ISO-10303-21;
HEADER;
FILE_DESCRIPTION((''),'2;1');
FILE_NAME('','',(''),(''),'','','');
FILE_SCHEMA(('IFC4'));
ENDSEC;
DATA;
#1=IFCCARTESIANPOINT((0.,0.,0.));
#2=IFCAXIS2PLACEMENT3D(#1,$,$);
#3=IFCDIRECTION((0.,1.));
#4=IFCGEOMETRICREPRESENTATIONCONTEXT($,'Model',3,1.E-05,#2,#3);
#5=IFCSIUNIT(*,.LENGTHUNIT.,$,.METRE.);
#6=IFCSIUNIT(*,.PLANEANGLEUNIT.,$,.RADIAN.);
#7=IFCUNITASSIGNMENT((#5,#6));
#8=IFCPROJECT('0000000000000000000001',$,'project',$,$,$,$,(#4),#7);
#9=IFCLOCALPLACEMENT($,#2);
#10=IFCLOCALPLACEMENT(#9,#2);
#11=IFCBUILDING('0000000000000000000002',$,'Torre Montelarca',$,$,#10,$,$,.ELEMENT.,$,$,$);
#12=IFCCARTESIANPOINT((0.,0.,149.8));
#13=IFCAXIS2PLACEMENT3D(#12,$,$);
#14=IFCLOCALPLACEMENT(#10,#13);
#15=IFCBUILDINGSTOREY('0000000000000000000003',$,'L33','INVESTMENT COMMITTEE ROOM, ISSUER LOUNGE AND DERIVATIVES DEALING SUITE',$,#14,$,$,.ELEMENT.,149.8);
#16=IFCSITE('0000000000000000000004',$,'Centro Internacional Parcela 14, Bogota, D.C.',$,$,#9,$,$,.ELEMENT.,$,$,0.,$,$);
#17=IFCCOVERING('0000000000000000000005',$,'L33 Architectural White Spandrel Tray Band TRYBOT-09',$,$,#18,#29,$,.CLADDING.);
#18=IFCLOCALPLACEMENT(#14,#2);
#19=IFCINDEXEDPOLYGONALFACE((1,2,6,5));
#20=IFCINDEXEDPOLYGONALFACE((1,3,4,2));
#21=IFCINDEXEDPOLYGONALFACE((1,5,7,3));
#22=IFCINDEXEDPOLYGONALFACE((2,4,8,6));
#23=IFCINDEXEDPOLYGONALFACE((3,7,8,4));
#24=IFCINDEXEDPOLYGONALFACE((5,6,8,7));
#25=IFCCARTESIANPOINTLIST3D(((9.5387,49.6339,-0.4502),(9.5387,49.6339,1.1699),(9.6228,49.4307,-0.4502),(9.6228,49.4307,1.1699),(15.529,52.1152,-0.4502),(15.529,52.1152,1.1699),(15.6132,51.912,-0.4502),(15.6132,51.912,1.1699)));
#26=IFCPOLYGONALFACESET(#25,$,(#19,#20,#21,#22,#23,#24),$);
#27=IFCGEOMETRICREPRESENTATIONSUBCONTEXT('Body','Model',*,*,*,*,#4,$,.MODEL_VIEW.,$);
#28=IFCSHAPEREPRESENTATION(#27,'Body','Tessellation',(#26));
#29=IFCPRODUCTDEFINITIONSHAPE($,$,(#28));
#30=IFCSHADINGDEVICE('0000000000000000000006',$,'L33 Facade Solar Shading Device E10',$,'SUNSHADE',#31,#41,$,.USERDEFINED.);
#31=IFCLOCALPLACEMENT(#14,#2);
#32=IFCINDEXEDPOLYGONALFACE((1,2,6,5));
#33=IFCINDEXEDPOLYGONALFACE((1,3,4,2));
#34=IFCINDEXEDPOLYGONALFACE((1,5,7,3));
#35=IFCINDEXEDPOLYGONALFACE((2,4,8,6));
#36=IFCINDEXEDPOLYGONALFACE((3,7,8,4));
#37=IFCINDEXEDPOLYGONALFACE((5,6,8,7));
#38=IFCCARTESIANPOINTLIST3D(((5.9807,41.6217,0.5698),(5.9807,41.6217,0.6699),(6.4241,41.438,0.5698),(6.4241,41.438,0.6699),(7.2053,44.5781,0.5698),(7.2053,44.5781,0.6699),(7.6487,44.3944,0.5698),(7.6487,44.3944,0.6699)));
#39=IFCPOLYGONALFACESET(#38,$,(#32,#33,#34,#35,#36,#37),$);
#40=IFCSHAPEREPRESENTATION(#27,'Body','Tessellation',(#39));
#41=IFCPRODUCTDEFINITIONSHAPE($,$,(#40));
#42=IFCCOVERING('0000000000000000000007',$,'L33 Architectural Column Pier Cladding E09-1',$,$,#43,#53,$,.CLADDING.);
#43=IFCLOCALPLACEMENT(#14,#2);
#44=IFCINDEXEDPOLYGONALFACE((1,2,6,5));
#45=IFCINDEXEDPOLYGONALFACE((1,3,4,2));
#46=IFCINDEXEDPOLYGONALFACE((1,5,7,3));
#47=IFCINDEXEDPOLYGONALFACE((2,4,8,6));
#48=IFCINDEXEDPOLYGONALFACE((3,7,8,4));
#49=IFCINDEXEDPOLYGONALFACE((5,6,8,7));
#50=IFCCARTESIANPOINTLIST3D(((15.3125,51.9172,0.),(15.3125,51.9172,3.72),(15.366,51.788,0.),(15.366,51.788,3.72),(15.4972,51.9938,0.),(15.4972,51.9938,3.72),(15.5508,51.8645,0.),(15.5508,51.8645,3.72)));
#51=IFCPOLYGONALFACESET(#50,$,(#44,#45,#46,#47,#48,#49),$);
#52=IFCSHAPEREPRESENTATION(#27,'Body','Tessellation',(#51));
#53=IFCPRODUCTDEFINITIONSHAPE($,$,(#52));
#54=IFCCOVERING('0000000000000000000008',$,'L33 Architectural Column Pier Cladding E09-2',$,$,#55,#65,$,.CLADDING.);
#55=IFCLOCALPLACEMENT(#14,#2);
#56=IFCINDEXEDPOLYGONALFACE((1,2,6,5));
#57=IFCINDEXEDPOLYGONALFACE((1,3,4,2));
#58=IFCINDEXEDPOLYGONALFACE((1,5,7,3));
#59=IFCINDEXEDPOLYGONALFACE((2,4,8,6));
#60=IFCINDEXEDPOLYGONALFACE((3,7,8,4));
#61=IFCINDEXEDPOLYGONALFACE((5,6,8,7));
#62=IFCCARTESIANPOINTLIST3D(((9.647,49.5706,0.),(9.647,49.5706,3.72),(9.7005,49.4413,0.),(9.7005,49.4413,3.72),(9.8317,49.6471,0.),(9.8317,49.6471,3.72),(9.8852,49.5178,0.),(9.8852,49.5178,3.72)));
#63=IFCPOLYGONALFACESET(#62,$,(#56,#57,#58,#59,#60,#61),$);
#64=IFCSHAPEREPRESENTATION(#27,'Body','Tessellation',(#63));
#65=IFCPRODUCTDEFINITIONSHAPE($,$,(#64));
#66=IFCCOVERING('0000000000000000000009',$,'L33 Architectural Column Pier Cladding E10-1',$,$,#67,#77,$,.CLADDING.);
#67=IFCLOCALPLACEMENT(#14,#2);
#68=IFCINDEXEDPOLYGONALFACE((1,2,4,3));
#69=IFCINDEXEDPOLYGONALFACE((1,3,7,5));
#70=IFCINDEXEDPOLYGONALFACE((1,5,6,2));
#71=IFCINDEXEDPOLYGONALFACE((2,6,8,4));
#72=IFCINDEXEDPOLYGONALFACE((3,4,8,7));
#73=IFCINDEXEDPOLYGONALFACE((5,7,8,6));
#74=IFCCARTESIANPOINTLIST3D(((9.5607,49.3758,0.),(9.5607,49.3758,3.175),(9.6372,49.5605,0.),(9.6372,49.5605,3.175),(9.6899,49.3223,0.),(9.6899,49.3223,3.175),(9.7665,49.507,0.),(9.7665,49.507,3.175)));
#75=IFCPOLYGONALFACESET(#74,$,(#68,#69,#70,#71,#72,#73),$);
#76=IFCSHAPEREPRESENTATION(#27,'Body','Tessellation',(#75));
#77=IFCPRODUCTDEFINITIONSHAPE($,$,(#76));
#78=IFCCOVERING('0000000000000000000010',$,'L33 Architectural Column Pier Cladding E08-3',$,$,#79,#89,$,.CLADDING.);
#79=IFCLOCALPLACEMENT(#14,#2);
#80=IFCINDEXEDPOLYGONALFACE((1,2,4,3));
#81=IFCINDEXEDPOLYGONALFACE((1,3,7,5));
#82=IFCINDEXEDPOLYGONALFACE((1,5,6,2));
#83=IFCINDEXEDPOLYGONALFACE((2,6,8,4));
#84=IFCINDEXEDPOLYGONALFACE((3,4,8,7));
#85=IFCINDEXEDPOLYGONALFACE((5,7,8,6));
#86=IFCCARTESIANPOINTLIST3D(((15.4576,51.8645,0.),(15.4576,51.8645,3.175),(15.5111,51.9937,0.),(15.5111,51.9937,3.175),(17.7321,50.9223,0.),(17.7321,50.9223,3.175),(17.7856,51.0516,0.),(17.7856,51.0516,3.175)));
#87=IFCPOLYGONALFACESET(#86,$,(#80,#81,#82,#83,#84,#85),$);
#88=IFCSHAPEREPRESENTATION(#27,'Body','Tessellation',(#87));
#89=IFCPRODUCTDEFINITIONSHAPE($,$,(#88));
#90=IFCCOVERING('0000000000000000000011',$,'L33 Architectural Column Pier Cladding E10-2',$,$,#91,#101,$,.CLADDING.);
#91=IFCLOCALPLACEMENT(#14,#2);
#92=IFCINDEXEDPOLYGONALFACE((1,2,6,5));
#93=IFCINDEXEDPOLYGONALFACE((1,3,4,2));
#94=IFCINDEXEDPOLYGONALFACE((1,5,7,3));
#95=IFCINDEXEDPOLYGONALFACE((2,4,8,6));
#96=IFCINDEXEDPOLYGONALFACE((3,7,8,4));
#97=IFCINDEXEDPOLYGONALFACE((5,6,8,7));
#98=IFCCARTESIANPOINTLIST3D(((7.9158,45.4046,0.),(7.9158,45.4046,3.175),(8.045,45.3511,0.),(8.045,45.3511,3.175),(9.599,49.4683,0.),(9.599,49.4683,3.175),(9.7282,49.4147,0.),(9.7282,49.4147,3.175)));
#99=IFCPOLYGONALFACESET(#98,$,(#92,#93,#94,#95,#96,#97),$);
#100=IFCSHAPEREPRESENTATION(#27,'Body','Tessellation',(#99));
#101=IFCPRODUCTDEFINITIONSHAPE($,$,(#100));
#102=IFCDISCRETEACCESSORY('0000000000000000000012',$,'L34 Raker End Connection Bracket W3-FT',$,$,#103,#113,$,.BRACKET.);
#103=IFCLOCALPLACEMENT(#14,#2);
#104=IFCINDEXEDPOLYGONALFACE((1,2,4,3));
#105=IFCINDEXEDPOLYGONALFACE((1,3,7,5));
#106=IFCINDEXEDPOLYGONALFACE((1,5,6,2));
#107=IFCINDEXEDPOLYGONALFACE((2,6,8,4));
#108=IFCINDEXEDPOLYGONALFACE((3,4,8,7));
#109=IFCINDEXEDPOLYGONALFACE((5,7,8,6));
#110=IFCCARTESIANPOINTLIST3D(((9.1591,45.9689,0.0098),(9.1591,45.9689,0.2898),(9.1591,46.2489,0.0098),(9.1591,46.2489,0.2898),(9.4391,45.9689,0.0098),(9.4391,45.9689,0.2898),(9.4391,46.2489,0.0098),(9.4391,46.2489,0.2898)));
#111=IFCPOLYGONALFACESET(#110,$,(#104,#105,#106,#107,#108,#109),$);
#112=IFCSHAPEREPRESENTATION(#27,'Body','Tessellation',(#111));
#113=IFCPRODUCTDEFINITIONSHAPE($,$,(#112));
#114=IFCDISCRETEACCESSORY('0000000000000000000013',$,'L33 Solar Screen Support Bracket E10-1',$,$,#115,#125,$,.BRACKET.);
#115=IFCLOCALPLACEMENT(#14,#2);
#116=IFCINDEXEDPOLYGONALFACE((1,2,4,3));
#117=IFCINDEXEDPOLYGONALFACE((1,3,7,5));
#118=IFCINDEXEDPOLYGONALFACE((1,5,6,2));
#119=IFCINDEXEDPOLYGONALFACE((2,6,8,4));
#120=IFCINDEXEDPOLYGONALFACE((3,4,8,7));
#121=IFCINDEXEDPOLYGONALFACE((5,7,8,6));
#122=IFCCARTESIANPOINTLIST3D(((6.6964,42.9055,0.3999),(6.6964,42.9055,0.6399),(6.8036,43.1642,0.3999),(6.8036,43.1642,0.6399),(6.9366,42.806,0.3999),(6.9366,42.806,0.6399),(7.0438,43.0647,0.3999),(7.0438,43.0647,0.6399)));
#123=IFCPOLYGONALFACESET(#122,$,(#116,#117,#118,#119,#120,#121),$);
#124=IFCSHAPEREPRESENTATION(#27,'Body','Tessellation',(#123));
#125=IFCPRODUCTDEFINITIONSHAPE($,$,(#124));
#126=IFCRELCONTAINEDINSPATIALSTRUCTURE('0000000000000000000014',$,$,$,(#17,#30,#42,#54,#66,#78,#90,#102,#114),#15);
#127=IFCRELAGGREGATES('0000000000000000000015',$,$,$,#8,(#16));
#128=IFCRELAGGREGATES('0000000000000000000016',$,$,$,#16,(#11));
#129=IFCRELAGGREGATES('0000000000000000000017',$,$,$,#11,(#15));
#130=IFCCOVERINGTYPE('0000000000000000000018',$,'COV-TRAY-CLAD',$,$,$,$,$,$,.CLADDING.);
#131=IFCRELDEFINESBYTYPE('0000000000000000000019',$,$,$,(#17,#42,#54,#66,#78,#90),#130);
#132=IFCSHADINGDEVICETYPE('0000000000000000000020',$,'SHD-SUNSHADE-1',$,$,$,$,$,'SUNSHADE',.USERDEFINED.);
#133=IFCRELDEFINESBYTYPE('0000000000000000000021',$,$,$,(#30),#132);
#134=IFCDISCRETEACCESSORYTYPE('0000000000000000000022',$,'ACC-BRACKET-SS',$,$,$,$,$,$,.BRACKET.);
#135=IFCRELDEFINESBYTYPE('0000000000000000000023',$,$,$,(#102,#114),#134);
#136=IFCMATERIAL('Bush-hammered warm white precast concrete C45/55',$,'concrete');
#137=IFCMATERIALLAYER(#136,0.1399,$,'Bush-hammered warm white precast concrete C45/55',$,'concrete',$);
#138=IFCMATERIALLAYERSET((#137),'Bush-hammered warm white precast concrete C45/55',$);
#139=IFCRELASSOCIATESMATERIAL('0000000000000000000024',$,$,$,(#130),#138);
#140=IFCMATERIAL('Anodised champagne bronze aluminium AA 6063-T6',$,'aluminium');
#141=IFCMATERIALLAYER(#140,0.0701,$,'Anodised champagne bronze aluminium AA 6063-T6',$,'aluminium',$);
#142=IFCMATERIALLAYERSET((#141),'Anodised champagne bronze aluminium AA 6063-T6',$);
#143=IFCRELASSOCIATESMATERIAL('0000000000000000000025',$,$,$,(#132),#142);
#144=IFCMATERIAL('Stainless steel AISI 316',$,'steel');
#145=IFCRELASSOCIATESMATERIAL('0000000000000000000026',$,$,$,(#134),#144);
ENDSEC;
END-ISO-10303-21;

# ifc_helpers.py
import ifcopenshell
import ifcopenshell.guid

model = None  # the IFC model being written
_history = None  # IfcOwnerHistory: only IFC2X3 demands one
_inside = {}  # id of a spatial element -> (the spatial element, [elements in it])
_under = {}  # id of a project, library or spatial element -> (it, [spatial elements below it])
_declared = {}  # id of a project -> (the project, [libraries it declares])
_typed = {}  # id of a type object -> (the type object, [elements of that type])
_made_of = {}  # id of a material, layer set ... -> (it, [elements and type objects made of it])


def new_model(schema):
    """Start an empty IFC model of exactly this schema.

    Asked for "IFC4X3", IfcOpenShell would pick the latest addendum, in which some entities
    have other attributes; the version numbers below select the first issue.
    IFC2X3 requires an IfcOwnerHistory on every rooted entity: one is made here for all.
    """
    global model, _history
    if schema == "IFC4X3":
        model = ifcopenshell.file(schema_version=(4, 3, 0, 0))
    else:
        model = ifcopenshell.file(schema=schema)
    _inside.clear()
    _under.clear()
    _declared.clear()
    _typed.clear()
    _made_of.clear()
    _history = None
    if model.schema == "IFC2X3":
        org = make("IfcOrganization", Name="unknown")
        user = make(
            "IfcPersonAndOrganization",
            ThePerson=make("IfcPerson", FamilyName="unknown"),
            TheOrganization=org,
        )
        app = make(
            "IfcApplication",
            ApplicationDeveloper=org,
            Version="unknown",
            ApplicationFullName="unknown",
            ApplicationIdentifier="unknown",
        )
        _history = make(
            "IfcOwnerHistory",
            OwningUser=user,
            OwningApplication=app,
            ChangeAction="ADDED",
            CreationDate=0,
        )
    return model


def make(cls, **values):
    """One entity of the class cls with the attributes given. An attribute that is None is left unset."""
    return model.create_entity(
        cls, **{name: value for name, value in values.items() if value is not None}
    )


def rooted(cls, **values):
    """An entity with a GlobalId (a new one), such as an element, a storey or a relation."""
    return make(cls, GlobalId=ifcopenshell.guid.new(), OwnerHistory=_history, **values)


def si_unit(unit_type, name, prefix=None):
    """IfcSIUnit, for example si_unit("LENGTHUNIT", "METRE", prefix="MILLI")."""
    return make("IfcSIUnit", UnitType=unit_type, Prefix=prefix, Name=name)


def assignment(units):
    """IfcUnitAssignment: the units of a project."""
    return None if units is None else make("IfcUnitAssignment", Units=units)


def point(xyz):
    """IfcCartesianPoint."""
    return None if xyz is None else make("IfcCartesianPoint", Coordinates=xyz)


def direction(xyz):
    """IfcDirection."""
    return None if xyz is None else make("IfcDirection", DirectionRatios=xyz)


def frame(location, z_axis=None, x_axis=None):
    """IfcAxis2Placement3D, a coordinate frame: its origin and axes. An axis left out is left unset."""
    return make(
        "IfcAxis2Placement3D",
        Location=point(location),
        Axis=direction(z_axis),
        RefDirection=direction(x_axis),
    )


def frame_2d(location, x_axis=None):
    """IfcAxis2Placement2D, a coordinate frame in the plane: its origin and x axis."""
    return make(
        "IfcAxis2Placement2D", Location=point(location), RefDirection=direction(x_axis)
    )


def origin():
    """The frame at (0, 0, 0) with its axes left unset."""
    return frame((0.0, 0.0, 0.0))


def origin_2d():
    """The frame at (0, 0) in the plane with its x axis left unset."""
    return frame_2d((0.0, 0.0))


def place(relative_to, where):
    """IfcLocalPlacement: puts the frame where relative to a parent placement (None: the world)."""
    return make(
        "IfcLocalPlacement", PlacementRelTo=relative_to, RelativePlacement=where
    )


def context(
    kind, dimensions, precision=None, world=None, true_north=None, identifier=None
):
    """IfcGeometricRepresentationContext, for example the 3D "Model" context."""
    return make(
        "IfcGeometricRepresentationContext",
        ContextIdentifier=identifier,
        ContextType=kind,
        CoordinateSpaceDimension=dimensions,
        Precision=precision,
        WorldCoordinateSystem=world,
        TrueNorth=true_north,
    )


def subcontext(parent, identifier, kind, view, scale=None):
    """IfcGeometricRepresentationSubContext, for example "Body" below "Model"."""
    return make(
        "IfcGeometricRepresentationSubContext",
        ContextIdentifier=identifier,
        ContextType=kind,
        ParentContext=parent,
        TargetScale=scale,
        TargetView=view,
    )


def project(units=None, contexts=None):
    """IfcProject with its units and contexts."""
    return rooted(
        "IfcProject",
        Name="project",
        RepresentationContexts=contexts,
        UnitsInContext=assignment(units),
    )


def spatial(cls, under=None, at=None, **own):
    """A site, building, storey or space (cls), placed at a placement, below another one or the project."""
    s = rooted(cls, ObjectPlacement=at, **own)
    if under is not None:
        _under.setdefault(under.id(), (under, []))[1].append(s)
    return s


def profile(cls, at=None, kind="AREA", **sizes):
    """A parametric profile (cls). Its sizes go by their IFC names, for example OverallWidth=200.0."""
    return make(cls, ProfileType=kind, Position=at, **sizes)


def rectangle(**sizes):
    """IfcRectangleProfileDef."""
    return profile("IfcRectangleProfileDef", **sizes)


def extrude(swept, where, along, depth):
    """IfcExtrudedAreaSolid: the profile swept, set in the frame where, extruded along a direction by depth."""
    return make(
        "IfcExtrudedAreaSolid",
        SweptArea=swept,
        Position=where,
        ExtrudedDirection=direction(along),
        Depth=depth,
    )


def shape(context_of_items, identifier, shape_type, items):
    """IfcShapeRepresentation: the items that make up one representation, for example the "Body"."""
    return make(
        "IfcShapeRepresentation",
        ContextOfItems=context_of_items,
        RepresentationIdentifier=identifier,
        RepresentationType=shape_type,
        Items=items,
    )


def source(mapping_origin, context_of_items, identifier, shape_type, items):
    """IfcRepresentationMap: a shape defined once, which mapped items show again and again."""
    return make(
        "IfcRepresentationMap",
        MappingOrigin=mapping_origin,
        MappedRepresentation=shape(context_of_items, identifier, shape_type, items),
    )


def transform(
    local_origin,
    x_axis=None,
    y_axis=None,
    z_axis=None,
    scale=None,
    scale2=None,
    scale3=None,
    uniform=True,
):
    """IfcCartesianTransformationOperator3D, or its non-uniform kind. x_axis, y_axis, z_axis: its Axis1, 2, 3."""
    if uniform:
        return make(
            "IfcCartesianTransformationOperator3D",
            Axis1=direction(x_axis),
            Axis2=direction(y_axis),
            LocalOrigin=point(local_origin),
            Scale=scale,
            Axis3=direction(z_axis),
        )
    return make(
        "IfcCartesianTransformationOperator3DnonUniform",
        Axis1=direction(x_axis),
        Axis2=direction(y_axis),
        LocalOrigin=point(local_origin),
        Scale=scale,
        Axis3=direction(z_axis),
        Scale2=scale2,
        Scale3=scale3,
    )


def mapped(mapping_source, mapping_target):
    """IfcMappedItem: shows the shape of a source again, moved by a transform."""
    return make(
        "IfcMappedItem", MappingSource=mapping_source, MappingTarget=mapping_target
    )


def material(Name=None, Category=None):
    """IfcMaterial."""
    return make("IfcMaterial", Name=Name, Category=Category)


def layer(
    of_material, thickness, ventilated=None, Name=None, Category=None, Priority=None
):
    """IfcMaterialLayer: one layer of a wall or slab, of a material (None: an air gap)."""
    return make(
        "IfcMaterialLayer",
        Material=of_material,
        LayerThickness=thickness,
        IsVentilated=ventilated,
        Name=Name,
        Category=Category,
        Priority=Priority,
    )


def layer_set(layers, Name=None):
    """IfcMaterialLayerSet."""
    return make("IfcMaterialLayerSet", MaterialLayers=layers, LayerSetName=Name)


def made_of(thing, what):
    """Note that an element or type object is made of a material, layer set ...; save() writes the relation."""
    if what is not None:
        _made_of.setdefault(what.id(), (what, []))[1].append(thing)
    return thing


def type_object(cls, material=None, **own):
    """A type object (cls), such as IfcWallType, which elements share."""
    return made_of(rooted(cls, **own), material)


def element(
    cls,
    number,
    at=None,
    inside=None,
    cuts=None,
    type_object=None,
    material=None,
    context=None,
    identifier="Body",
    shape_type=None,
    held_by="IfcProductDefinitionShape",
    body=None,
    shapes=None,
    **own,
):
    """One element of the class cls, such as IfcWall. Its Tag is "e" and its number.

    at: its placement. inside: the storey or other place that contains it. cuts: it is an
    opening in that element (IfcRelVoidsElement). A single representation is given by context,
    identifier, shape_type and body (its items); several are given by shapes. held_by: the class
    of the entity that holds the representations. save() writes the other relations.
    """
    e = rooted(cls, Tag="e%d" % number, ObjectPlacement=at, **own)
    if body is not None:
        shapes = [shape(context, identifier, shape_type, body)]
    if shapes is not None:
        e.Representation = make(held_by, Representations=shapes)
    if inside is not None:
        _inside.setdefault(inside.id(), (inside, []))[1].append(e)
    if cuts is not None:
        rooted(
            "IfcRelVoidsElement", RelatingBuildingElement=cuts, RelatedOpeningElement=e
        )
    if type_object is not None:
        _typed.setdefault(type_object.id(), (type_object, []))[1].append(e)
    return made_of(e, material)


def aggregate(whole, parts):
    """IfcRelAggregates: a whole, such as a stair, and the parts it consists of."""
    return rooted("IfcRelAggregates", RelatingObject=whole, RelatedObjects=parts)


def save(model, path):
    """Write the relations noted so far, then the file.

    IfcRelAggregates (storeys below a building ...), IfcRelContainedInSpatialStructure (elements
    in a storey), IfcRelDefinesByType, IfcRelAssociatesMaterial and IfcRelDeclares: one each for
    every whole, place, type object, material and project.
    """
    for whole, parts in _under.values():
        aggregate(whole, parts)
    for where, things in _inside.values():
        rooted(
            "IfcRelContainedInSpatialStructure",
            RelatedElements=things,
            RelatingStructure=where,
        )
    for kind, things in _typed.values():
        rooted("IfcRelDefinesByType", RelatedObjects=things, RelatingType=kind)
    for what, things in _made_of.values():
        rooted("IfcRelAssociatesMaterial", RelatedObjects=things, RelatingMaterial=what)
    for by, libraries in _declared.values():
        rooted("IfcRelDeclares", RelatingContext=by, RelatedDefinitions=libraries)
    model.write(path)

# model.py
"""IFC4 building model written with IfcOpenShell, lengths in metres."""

from ifc_helpers import new_model, si_unit, direction, frame, origin, origin_2d, place, context, subcontext, project, spatial, rectangle, extrude, source, transform, mapped, material, layer, layer_set, type_object, element, save


model = new_model("IFC4")

# Units and contexts
model_context = context("Model", 3, precision=1e-05, world=origin(), true_north=direction((0.0, 1.0)))
body_context = subcontext(model_context, "Body", "Model", "MODEL_VIEW")
ifc_project = project(units=[si_unit("LENGTHUNIT", "METRE"), si_unit("PLANEANGLEUNIT", "RADIAN")], contexts=[model_context])

# Site, building, storey
site_placement = place(None, origin())
site = spatial("IfcSite", under=ifc_project, at=site_placement, Name="Centro Internacional Parcela 14, Bogota, D.C.", CompositionType="ELEMENT", RefElevation=0.0)
building_placement = place(site_placement, origin())
building = spatial("IfcBuilding", under=site, at=building_placement, Name="Torre Montelarca", CompositionType="ELEMENT")
storey_placement = place(building_placement, frame((0.0, 0.0, 149.8)))
storey = spatial("IfcBuildingStorey", under=building, at=storey_placement, Name="L33", Description="INVESTMENT COMMITTEE ROOM, ISSUER LOUNGE AND DERIVATIVES DEALING SUITE", CompositionType="ELEMENT", Elevation=149.8)

# Covering
ifc_material_1 = material(Name="Bush-hammered warm white precast concrete C45/55", Category="concrete")
ifc_layer_1 = layer(ifc_material_1, 0.1399, Name="Bush-hammered warm white precast concrete C45/55", Category="concrete")
ifc_layer_set_1 = layer_set([ifc_layer_1], Name="Bush-hammered warm white precast concrete C45/55")
covering_type = type_object("IfcCoveringType", Name="COV-TRAY-CLAD", PredefinedType="CLADDING", material=ifc_layer_set_1)
shared_shape_1 = source(origin(), body_context, "Body", "SweptSolid", [
    extrude(rectangle(XDim=6.4839, YDim=0.22, at=origin_2d()), origin(), (0.0, 0.0, 1.0), 1.6201),
])
covering_1_placement = place(storey_placement, frame((12.5759, 50.7729, -0.4502), z_axis=(0.0, 0.0, 1.0), x_axis=(-0.92388, -0.382682, 0.0)))
element("IfcCovering", 1, at=covering_1_placement, inside=storey, type_object=covering_type, Name="L33 Architectural White Spandrel Tray Band TRYBOT-09", PredefinedType="CLADDING", context=body_context, shape_type="MappedRepresentation", body=[
    mapped(shared_shape_1, transform((0.0, 0.0, 0.0), scale=1.0)),
])

# Shading device
ifc_material_2 = material(Name="Anodised champagne bronze aluminium AA 6063-T6", Category="aluminium")
ifc_layer_2 = layer(ifc_material_2, 0.0701, Name="Anodised champagne bronze aluminium AA 6063-T6", Category="aluminium")
ifc_layer_set_2 = layer_set([ifc_layer_2], Name="Anodised champagne bronze aluminium AA 6063-T6")
shading_device_type = type_object("IfcShadingDeviceType", Name="SHD-SUNSHADE-1", ElementType="SUNSHADE", PredefinedType="USERDEFINED", material=ifc_layer_set_2)
shared_shape_2 = source(origin(), body_context, "Body", "SweptSolid", [
    extrude(rectangle(XDim=3.2, YDim=0.48, at=origin_2d()), origin(), (0.0, 0.0, 1.0), 0.1001),
])
shading_device_placement = place(storey_placement, frame((6.8147, 43.0081, 0.5698), z_axis=(0.0, 0.0, 1.0), x_axis=(-0.38268, -0.923881, 0.0)))
element("IfcShadingDevice", 2, at=shading_device_placement, inside=storey, type_object=shading_device_type, Name="L33 Facade Solar Shading Device E10", ObjectType="SUNSHADE", PredefinedType="USERDEFINED", context=body_context, shape_type="MappedRepresentation", body=[
    mapped(shared_shape_2, transform((0.0, 0.0, 0.0), scale=1.0)),
])

# Coverings
shared_shape_3 = source(origin(), body_context, "Body", "SweptSolid", [
    extrude(rectangle(XDim=0.2, YDim=0.1399, at=origin_2d()), origin(), (0.0, 0.0, 1.0), 3.72),
])
for number, where, z_axis, x_axis, name in (
    (3, (15.4316, 51.8909, 0.0), (0.0, 0.0, 1.0), (-0.92388, -0.382683, 0.0), "L33 Architectural Column Pier Cladding E09-1"),
    (4, (9.7661, 49.5442, 0.0), (0.0, 0.0, 1.0), (-0.92388, -0.382683, 0.0), "L33 Architectural Column Pier Cladding E09-2"),
):
    element("IfcCovering", number, at=place(storey_placement, frame(where, z_axis=z_axis, x_axis=x_axis)), inside=storey, type_object=covering_type, Name=name, PredefinedType="CLADDING", context=body_context, shape_type="MappedRepresentation", body=[
        mapped(shared_shape_3, transform((0.0, 0.0, 0.0), scale=1.0)),
    ])
shared_shape_4 = source(origin(), body_context, "Body", "SweptSolid", [
    extrude(rectangle(XDim=0.2, YDim=0.1399, at=origin_2d()), origin(), (0.0, 0.0, 1.0), 3.175),
])
covering_2_placement = place(storey_placement, frame((9.6636, 49.4414, 0.0), z_axis=(0.0, 0.0, 1.0), x_axis=(-0.38268, -0.923881, 0.0)))
element("IfcCovering", 5, at=covering_2_placement, inside=storey, type_object=covering_type, Name="L33 Architectural Column Pier Cladding E10-1", PredefinedType="CLADDING", context=body_context, shape_type="MappedRepresentation", body=[
    mapped(shared_shape_4, transform((0.0, 0.0, 0.0), scale=1.0)),
])
shared_shape_5 = source(origin(), body_context, "Body", "SweptSolid", [
    extrude(rectangle(XDim=2.4619, YDim=0.1399, at=origin_2d()), origin(), (0.0, 0.0, 1.0), 3.175),
])
covering_3_placement = place(storey_placement, frame((16.6216, 51.458, 0.0), z_axis=(0.0, 0.0, 1.0), x_axis=(-0.923879, 0.382685, 0.0)))
element("IfcCovering", 6, at=covering_3_placement, inside=storey, type_object=covering_type, Name="L33 Architectural Column Pier Cladding E08-3", PredefinedType="CLADDING", context=body_context, shape_type="MappedRepresentation", body=[
    mapped(shared_shape_5, transform((0.0, 0.0, 0.0), scale=1.0)),
])
shared_shape_6 = source(origin(), body_context, "Body", "SweptSolid", [
    extrude(rectangle(XDim=4.3984, YDim=0.1399, at=origin_2d()), origin(), (0.0, 0.0, 1.0), 3.175),
])
covering_4_placement = place(storey_placement, frame((8.822, 47.4097, 0.0), z_axis=(0.0, 0.0, 1.0), x_axis=(-0.38268, -0.923881, 0.0)))
element("IfcCovering", 7, at=covering_4_placement, inside=storey, type_object=covering_type, Name="L33 Architectural Column Pier Cladding E10-2", PredefinedType="CLADDING", context=body_context, shape_type="MappedRepresentation", body=[
    mapped(shared_shape_6, transform((0.0, 0.0, 0.0), scale=1.0)),
])

# Discrete accessories
ifc_material_3 = material(Name="Stainless steel AISI 316", Category="steel")
discrete_accessory_type = type_object("IfcDiscreteAccessoryType", Name="ACC-BRACKET-SS", PredefinedType="BRACKET", material=ifc_material_3)
shared_shape_7 = source(origin(), body_context, "Body", "SweptSolid", [
    extrude(rectangle(XDim=0.28, YDim=0.28, at=origin_2d()), origin(), (0.0, 0.0, 1.0), 0.28),
])
discrete_accessory_1_placement = place(storey_placement, frame((9.2991, 46.1089, 0.0098), z_axis=(0.0, 0.0, 1.0), x_axis=(1.0, 0.0, 0.0)))
element("IfcDiscreteAccessory", 8, at=discrete_accessory_1_placement, inside=storey, type_object=discrete_accessory_type, Name="L34 Raker End Connection Bracket W3-FT", PredefinedType="BRACKET", context=body_context, shape_type="MappedRepresentation", body=[
    mapped(shared_shape_7, transform((0.0, 0.0, 0.0), scale=1.0)),
])
shared_shape_8 = source(origin(), body_context, "Body", "SweptSolid", [
    extrude(rectangle(XDim=0.28, YDim=0.26, at=origin_2d()), origin(), (0.0, 0.0, 1.0), 0.24),
])
discrete_accessory_2_placement = place(storey_placement, frame((6.8701, 42.9851, 0.3999), z_axis=(0.0, 0.0, 1.0), x_axis=(-0.38268, -0.923881, 0.0)))
element("IfcDiscreteAccessory", 9, at=discrete_accessory_2_placement, inside=storey, type_object=discrete_accessory_type, Name="L33 Solar Screen Support Bracket E10-1", PredefinedType="BRACKET", context=body_context, shape_type="MappedRepresentation", body=[
    mapped(shared_shape_8, transform((0.0, 0.0, 0.0), scale=1.0)),
])

save(model, "model.ifc")
